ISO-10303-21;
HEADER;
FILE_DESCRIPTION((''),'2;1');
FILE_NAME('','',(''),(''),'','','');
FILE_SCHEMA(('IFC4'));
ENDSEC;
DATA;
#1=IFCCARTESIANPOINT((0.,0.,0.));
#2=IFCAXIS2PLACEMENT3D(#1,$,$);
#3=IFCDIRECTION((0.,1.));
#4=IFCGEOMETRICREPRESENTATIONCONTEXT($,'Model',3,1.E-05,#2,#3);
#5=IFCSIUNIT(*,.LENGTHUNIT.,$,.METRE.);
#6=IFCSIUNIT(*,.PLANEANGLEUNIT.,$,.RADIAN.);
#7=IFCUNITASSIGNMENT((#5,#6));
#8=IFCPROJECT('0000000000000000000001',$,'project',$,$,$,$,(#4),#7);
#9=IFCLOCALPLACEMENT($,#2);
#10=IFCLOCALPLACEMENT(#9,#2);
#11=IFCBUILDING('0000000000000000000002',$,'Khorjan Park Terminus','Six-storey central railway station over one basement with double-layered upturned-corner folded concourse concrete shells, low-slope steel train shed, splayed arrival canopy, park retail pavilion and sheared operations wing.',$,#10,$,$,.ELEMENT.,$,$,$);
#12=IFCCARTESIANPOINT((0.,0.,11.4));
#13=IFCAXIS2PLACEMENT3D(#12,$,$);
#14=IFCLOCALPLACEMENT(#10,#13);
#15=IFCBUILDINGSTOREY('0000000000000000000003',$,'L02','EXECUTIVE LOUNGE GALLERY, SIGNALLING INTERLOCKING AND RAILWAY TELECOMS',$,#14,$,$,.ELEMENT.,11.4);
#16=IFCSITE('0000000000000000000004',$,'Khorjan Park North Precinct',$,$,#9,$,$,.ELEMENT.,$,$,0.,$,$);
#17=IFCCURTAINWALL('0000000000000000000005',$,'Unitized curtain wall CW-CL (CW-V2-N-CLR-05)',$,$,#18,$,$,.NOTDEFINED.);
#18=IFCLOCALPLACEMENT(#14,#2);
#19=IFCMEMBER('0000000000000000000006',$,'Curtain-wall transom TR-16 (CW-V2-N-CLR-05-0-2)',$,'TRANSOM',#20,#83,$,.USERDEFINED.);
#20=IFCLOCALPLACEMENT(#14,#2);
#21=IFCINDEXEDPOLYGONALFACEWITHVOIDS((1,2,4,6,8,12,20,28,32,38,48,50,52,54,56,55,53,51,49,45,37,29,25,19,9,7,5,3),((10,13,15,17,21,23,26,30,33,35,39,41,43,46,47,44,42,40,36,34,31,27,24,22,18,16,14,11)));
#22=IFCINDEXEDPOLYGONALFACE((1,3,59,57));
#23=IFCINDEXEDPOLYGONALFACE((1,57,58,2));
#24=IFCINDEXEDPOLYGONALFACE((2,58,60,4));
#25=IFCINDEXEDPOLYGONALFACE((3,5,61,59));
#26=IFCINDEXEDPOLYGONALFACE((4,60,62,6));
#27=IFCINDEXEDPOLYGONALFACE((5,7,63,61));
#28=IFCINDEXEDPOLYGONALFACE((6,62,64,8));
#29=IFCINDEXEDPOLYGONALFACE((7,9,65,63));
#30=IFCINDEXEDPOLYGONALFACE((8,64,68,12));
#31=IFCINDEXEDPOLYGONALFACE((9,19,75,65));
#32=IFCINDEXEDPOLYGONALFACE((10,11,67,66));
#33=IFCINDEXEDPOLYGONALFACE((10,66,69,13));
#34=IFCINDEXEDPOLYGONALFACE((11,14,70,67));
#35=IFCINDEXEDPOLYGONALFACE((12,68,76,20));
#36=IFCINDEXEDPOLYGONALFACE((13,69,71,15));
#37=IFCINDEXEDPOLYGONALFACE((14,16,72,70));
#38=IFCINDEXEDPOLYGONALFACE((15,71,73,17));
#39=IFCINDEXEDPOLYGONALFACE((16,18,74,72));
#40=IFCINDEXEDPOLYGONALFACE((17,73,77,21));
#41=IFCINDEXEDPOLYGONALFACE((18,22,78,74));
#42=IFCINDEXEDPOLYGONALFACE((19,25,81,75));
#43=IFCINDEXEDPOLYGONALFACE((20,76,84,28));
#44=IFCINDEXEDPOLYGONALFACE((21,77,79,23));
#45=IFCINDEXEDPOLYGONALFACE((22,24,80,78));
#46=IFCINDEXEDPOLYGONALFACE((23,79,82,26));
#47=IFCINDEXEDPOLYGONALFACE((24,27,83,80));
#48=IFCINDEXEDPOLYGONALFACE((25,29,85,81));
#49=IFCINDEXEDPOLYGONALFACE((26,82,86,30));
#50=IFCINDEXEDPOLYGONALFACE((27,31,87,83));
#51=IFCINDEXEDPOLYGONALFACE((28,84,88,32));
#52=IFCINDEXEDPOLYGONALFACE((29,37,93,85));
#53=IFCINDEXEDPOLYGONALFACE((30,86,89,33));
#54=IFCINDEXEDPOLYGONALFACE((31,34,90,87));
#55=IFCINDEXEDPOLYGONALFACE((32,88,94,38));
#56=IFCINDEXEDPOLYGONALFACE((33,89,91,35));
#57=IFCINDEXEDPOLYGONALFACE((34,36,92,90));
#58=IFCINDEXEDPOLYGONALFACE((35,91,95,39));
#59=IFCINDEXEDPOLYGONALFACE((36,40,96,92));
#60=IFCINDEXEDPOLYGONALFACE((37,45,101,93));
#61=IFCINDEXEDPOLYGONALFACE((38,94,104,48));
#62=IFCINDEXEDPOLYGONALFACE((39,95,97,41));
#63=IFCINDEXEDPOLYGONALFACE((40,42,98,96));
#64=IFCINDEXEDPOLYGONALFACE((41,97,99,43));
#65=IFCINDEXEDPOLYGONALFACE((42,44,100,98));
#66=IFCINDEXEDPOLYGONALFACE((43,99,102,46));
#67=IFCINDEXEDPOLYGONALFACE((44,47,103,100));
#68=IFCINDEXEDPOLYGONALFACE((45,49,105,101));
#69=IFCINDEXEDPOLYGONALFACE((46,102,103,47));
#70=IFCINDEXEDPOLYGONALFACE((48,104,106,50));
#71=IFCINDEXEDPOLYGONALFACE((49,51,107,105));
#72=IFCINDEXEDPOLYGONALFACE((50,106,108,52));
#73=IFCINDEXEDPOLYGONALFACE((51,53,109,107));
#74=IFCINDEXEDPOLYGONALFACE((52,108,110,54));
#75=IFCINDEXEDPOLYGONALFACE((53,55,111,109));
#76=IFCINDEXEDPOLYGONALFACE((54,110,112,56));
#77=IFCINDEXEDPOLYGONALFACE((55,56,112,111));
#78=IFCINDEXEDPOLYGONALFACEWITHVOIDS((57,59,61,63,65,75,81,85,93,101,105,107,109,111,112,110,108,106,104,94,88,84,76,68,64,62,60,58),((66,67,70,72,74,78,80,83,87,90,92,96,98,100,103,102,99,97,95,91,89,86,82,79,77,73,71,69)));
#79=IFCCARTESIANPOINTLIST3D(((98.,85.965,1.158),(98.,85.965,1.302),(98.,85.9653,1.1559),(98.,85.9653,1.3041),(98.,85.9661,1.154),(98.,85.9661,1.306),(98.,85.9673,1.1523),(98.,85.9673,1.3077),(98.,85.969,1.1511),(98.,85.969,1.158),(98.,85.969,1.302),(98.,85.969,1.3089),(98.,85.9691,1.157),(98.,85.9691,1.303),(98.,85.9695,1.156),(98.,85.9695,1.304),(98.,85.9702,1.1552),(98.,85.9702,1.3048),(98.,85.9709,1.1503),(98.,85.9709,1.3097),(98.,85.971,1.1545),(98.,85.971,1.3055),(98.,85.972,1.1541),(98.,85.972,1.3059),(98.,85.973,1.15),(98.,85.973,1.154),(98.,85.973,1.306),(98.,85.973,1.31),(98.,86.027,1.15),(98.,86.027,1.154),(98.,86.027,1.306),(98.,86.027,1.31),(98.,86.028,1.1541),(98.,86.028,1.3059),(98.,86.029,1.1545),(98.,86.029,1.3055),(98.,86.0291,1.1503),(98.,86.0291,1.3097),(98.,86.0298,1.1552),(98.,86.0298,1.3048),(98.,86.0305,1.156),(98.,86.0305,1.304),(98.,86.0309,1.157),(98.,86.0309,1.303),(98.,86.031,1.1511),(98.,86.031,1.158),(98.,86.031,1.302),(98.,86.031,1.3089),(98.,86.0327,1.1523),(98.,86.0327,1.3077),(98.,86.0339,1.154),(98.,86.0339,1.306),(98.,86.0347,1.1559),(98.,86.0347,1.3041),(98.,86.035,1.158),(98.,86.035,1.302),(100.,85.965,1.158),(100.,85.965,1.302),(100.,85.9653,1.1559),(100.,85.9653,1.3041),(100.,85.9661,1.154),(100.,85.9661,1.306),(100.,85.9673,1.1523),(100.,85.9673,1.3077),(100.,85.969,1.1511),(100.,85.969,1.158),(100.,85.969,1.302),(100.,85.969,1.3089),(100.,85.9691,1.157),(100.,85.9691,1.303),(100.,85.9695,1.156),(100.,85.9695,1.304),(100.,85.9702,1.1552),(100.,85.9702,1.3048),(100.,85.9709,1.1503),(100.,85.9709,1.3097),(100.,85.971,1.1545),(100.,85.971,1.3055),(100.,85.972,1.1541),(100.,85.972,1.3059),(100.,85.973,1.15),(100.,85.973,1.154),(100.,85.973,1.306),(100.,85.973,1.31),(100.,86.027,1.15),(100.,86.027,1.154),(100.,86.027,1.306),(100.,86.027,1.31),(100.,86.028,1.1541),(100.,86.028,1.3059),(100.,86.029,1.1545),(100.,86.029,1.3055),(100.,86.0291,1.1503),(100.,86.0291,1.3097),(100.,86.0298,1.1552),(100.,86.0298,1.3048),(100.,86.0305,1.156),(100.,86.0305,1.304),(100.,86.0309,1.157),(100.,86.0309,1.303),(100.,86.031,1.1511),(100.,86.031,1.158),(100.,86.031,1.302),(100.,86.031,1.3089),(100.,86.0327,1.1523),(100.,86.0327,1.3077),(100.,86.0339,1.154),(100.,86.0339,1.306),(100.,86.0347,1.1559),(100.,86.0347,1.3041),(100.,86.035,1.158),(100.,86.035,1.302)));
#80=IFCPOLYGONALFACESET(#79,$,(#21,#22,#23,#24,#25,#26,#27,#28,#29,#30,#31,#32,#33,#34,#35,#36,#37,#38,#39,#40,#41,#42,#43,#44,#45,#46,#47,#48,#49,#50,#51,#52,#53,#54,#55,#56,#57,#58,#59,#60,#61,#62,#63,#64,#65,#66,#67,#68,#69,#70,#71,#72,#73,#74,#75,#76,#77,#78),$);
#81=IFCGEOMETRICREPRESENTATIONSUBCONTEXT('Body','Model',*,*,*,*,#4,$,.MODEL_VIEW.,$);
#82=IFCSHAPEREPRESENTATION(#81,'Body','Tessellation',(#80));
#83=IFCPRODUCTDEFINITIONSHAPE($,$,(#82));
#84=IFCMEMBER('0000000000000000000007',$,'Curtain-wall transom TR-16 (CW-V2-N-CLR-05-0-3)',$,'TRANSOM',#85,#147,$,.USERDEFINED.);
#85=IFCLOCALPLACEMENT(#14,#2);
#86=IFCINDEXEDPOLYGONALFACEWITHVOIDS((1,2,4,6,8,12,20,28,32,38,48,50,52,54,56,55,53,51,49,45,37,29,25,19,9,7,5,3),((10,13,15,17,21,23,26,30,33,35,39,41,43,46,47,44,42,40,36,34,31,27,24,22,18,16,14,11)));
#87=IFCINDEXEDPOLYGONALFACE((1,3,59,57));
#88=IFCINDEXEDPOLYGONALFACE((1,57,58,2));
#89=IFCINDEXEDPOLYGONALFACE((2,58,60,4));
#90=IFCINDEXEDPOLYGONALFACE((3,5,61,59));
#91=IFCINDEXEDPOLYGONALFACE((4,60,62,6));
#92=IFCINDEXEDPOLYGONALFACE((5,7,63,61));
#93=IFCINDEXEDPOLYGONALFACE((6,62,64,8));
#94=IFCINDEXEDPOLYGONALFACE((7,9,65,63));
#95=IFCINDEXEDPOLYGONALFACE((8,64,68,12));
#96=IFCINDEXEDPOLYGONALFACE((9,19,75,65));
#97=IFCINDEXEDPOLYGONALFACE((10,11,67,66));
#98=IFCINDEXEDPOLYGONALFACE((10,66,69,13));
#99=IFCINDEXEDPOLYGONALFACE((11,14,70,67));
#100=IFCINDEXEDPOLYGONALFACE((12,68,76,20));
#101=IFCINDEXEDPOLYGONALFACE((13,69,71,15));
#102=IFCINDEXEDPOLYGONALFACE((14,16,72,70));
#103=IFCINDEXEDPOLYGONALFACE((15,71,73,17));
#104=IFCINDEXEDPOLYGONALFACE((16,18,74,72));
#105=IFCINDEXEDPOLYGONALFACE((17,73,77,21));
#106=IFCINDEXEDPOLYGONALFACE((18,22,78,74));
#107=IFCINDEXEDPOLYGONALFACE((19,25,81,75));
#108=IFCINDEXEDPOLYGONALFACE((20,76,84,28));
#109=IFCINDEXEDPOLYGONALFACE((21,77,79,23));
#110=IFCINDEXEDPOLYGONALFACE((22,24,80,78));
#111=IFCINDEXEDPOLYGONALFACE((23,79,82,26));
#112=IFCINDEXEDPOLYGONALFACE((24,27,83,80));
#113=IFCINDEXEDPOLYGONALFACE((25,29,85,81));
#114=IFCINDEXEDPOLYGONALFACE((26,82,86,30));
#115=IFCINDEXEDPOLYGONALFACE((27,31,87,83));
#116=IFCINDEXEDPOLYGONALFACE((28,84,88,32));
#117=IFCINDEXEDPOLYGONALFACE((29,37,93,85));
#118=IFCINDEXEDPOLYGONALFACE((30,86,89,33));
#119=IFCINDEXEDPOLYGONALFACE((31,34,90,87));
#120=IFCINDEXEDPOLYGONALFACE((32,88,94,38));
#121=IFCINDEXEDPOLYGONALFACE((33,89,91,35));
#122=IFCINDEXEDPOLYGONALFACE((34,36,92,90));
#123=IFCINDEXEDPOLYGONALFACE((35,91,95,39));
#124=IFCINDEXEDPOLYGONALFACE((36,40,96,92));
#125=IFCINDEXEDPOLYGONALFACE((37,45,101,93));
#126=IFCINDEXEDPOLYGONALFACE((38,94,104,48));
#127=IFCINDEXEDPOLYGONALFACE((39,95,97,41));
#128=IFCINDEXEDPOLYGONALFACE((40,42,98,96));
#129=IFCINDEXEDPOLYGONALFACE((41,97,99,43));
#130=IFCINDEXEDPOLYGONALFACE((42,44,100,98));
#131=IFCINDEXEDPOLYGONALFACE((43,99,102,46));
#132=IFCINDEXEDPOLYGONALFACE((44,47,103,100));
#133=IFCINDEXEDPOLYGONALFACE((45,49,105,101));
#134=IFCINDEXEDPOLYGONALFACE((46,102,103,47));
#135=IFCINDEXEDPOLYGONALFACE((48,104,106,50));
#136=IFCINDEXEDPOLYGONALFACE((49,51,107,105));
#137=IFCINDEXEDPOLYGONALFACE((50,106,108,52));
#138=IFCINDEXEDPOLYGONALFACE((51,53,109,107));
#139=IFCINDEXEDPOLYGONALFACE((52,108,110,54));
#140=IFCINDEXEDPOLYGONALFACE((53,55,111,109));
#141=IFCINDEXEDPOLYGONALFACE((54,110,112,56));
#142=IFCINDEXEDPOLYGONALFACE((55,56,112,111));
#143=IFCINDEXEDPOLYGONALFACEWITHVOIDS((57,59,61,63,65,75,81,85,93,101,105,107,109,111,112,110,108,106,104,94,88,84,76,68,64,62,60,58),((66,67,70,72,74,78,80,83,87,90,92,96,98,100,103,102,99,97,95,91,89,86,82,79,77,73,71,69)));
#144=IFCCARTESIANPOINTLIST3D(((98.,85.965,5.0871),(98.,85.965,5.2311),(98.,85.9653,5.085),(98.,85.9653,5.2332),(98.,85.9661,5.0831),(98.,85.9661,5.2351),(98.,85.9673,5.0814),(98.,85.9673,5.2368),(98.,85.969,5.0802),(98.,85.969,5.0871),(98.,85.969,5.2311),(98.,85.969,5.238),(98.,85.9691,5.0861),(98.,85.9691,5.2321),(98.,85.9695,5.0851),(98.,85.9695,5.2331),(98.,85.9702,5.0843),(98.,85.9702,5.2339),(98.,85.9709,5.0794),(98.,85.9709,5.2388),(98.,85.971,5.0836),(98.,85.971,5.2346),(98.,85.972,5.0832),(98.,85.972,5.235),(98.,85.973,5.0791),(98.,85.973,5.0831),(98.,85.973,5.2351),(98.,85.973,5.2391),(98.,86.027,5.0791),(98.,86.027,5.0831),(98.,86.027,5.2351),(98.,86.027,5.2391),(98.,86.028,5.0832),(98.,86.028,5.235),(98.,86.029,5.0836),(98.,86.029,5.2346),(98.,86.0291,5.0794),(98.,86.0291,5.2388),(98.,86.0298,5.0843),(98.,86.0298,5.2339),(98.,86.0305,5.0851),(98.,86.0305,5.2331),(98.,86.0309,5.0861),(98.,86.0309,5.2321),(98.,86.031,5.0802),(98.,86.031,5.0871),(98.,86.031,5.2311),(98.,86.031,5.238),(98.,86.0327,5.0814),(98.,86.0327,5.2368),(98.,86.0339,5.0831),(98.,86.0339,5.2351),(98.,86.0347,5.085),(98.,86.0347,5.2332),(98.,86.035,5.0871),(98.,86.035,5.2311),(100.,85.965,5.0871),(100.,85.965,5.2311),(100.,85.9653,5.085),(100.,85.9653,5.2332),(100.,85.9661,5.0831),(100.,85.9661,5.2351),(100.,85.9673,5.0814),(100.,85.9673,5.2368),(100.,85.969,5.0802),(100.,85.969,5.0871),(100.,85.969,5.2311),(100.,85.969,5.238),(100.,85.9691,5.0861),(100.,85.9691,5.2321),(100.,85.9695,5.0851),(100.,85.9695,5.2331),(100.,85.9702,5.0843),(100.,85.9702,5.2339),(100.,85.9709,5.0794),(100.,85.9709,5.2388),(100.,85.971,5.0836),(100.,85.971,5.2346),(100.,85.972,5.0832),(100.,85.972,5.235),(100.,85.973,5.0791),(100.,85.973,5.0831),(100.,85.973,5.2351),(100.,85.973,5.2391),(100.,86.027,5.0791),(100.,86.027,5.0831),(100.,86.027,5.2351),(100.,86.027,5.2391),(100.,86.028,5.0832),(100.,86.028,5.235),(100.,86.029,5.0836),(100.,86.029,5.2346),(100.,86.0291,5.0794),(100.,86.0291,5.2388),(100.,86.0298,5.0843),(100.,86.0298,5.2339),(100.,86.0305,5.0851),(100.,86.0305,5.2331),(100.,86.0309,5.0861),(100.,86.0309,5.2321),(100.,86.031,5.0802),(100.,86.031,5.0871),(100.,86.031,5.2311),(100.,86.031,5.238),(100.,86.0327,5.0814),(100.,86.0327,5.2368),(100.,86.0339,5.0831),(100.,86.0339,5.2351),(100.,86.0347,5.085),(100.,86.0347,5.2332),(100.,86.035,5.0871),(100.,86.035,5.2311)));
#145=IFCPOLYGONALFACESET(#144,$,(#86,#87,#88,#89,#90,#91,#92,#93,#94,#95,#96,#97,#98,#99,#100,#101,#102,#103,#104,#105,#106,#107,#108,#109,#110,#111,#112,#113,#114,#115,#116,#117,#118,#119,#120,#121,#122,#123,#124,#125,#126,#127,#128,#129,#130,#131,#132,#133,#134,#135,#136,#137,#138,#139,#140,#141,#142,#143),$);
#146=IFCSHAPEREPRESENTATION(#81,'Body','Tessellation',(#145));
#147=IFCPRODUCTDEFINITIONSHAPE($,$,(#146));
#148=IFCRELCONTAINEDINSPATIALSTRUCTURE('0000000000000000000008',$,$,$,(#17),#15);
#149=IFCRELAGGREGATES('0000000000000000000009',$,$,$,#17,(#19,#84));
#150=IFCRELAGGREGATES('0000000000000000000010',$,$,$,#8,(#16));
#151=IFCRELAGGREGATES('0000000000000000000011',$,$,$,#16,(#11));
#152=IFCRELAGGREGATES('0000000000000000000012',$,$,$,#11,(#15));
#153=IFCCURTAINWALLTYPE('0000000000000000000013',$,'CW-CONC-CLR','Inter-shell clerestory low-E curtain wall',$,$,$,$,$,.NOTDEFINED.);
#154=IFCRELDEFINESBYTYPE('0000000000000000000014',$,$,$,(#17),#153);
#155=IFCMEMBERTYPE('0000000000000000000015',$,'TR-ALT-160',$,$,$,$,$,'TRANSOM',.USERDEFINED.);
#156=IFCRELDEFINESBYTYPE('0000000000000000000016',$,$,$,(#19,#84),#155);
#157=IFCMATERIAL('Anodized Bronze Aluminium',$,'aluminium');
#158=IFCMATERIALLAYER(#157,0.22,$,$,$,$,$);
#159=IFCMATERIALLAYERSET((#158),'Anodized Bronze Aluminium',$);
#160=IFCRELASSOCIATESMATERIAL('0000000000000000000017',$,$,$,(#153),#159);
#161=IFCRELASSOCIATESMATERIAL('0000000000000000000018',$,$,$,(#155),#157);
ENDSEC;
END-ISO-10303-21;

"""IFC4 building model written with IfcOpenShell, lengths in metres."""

from ifc_helpers import new_model, si_unit, direction, frame, origin, origin_2d, place, context, subcontext, project, spatial, hollow_rectangle, extrude, material, layer, layer_set, material_profile, profile_set, type_object, element, aggregate, save


model = new_model("IFC4")

# Units and contexts
model_context = context("Model", 3, precision=1e-05, world=origin(), true_north=direction((0.0, 1.0)))
body_context = subcontext(model_context, "Body", "Model", "MODEL_VIEW")
ifc_project = project(units=[si_unit("LENGTHUNIT", "METRE"), si_unit("PLANEANGLEUNIT", "RADIAN")], contexts=[model_context])

# Site, building, storey
site_placement = place(None, origin())
site = spatial("IfcSite", under=ifc_project, at=site_placement, Name="Khorjan Park North Precinct", CompositionType="ELEMENT", RefElevation=0.0)
building_placement = place(site_placement, origin())
building = spatial("IfcBuilding", under=site, at=building_placement, Name="Khorjan Park Terminus", Description="Six-storey central railway station over one basement with double-layered upturned-corner folded concourse concrete shells, low-slope steel train shed, splayed arrival canopy, park retail pavilion and sheared operations wing.", CompositionType="ELEMENT")
storey_placement = place(building_placement, frame((0.0, 0.0, 11.4)))
storey = spatial("IfcBuildingStorey", under=building, at=storey_placement, Name="L02", Description="EXECUTIVE LOUNGE GALLERY, SIGNALLING INTERLOCKING AND RAILWAY TELECOMS", CompositionType="ELEMENT", Elevation=11.4)

# Curtain wall
ifc_material_1 = material(Name="Anodized Bronze Aluminium", Category="aluminium")
ifc_layer_1 = layer(ifc_material_1, 0.22)
ifc_layer_set_1 = layer_set([ifc_layer_1], Name="Anodized Bronze Aluminium")
curtain_wall_type = type_object("IfcCurtainWallType", Name="CW-CONC-CLR", Description="Inter-shell clerestory low-E curtain wall", PredefinedType="NOTDEFINED", material=ifc_layer_set_1)
curtain_wall_1_placement = place(storey_placement, origin())
curtain_wall_1 = element("IfcCurtainWall", 1, at=curtain_wall_1_placement, inside=storey, type_object=curtain_wall_type, Name="Unitized curtain wall CW-CL (CW-V2-N-CLR-05)", PredefinedType="NOTDEFINED")

# Members
ifc_material_profile_1 = material_profile(ifc_material_1, hollow_rectangle(XDim=0.07, YDim=0.16, WallThickness=0.004, InnerFilletRadius=0.004, OuterFilletRadius=0.008, at=origin_2d()), Name="ALT 70x160x4")
ifc_profile_set_1 = profile_set([ifc_material_profile_1], Name="Anodized Bronze Aluminium")
member_type_1 = type_object("IfcMemberType", Name="TR-ALT-160", ElementType="TRANSOM", PredefinedType="USERDEFINED", material=ifc_profile_set_1)
member_1_placement = place(storey_placement, frame((100.0, 86.0, 1.23), z_axis=(-1.0, 0.0, 0.0), x_axis=(0.0, -1.0, 0.0)))
member_1 = element("IfcMember", 2, at=member_1_placement, type_object=member_type_1, Name="Curtain-wall transom TR-16 (CW-V2-N-CLR-05-0-2)", ObjectType="TRANSOM", PredefinedType="USERDEFINED", context=body_context, shape_type="SweptSolid", body=[
    extrude(hollow_rectangle(XDim=0.07, YDim=0.16, WallThickness=0.004, InnerFilletRadius=0.004, OuterFilletRadius=0.008, at=origin_2d()), origin(), (0.0, 0.0, 1.0), 2.0),
])
member_2_placement = place(storey_placement, frame((100.0, 86.0, 5.1591), z_axis=(-1.0, 0.0, 0.0), x_axis=(0.0, -1.0, 0.0)))
member_2 = element("IfcMember", 3, at=member_2_placement, type_object=member_type_1, Name="Curtain-wall transom TR-16 (CW-V2-N-CLR-05-0-3)", ObjectType="TRANSOM", PredefinedType="USERDEFINED", context=body_context, shape_type="SweptSolid", body=[
    extrude(hollow_rectangle(XDim=0.07, YDim=0.16, WallThickness=0.004, InnerFilletRadius=0.004, OuterFilletRadius=0.008, at=origin_2d()), origin(), (0.0, 0.0, 1.0), 2.0),
])

aggregate(curtain_wall_1, [member_1, member_2])

save(model, "model.ifc")
